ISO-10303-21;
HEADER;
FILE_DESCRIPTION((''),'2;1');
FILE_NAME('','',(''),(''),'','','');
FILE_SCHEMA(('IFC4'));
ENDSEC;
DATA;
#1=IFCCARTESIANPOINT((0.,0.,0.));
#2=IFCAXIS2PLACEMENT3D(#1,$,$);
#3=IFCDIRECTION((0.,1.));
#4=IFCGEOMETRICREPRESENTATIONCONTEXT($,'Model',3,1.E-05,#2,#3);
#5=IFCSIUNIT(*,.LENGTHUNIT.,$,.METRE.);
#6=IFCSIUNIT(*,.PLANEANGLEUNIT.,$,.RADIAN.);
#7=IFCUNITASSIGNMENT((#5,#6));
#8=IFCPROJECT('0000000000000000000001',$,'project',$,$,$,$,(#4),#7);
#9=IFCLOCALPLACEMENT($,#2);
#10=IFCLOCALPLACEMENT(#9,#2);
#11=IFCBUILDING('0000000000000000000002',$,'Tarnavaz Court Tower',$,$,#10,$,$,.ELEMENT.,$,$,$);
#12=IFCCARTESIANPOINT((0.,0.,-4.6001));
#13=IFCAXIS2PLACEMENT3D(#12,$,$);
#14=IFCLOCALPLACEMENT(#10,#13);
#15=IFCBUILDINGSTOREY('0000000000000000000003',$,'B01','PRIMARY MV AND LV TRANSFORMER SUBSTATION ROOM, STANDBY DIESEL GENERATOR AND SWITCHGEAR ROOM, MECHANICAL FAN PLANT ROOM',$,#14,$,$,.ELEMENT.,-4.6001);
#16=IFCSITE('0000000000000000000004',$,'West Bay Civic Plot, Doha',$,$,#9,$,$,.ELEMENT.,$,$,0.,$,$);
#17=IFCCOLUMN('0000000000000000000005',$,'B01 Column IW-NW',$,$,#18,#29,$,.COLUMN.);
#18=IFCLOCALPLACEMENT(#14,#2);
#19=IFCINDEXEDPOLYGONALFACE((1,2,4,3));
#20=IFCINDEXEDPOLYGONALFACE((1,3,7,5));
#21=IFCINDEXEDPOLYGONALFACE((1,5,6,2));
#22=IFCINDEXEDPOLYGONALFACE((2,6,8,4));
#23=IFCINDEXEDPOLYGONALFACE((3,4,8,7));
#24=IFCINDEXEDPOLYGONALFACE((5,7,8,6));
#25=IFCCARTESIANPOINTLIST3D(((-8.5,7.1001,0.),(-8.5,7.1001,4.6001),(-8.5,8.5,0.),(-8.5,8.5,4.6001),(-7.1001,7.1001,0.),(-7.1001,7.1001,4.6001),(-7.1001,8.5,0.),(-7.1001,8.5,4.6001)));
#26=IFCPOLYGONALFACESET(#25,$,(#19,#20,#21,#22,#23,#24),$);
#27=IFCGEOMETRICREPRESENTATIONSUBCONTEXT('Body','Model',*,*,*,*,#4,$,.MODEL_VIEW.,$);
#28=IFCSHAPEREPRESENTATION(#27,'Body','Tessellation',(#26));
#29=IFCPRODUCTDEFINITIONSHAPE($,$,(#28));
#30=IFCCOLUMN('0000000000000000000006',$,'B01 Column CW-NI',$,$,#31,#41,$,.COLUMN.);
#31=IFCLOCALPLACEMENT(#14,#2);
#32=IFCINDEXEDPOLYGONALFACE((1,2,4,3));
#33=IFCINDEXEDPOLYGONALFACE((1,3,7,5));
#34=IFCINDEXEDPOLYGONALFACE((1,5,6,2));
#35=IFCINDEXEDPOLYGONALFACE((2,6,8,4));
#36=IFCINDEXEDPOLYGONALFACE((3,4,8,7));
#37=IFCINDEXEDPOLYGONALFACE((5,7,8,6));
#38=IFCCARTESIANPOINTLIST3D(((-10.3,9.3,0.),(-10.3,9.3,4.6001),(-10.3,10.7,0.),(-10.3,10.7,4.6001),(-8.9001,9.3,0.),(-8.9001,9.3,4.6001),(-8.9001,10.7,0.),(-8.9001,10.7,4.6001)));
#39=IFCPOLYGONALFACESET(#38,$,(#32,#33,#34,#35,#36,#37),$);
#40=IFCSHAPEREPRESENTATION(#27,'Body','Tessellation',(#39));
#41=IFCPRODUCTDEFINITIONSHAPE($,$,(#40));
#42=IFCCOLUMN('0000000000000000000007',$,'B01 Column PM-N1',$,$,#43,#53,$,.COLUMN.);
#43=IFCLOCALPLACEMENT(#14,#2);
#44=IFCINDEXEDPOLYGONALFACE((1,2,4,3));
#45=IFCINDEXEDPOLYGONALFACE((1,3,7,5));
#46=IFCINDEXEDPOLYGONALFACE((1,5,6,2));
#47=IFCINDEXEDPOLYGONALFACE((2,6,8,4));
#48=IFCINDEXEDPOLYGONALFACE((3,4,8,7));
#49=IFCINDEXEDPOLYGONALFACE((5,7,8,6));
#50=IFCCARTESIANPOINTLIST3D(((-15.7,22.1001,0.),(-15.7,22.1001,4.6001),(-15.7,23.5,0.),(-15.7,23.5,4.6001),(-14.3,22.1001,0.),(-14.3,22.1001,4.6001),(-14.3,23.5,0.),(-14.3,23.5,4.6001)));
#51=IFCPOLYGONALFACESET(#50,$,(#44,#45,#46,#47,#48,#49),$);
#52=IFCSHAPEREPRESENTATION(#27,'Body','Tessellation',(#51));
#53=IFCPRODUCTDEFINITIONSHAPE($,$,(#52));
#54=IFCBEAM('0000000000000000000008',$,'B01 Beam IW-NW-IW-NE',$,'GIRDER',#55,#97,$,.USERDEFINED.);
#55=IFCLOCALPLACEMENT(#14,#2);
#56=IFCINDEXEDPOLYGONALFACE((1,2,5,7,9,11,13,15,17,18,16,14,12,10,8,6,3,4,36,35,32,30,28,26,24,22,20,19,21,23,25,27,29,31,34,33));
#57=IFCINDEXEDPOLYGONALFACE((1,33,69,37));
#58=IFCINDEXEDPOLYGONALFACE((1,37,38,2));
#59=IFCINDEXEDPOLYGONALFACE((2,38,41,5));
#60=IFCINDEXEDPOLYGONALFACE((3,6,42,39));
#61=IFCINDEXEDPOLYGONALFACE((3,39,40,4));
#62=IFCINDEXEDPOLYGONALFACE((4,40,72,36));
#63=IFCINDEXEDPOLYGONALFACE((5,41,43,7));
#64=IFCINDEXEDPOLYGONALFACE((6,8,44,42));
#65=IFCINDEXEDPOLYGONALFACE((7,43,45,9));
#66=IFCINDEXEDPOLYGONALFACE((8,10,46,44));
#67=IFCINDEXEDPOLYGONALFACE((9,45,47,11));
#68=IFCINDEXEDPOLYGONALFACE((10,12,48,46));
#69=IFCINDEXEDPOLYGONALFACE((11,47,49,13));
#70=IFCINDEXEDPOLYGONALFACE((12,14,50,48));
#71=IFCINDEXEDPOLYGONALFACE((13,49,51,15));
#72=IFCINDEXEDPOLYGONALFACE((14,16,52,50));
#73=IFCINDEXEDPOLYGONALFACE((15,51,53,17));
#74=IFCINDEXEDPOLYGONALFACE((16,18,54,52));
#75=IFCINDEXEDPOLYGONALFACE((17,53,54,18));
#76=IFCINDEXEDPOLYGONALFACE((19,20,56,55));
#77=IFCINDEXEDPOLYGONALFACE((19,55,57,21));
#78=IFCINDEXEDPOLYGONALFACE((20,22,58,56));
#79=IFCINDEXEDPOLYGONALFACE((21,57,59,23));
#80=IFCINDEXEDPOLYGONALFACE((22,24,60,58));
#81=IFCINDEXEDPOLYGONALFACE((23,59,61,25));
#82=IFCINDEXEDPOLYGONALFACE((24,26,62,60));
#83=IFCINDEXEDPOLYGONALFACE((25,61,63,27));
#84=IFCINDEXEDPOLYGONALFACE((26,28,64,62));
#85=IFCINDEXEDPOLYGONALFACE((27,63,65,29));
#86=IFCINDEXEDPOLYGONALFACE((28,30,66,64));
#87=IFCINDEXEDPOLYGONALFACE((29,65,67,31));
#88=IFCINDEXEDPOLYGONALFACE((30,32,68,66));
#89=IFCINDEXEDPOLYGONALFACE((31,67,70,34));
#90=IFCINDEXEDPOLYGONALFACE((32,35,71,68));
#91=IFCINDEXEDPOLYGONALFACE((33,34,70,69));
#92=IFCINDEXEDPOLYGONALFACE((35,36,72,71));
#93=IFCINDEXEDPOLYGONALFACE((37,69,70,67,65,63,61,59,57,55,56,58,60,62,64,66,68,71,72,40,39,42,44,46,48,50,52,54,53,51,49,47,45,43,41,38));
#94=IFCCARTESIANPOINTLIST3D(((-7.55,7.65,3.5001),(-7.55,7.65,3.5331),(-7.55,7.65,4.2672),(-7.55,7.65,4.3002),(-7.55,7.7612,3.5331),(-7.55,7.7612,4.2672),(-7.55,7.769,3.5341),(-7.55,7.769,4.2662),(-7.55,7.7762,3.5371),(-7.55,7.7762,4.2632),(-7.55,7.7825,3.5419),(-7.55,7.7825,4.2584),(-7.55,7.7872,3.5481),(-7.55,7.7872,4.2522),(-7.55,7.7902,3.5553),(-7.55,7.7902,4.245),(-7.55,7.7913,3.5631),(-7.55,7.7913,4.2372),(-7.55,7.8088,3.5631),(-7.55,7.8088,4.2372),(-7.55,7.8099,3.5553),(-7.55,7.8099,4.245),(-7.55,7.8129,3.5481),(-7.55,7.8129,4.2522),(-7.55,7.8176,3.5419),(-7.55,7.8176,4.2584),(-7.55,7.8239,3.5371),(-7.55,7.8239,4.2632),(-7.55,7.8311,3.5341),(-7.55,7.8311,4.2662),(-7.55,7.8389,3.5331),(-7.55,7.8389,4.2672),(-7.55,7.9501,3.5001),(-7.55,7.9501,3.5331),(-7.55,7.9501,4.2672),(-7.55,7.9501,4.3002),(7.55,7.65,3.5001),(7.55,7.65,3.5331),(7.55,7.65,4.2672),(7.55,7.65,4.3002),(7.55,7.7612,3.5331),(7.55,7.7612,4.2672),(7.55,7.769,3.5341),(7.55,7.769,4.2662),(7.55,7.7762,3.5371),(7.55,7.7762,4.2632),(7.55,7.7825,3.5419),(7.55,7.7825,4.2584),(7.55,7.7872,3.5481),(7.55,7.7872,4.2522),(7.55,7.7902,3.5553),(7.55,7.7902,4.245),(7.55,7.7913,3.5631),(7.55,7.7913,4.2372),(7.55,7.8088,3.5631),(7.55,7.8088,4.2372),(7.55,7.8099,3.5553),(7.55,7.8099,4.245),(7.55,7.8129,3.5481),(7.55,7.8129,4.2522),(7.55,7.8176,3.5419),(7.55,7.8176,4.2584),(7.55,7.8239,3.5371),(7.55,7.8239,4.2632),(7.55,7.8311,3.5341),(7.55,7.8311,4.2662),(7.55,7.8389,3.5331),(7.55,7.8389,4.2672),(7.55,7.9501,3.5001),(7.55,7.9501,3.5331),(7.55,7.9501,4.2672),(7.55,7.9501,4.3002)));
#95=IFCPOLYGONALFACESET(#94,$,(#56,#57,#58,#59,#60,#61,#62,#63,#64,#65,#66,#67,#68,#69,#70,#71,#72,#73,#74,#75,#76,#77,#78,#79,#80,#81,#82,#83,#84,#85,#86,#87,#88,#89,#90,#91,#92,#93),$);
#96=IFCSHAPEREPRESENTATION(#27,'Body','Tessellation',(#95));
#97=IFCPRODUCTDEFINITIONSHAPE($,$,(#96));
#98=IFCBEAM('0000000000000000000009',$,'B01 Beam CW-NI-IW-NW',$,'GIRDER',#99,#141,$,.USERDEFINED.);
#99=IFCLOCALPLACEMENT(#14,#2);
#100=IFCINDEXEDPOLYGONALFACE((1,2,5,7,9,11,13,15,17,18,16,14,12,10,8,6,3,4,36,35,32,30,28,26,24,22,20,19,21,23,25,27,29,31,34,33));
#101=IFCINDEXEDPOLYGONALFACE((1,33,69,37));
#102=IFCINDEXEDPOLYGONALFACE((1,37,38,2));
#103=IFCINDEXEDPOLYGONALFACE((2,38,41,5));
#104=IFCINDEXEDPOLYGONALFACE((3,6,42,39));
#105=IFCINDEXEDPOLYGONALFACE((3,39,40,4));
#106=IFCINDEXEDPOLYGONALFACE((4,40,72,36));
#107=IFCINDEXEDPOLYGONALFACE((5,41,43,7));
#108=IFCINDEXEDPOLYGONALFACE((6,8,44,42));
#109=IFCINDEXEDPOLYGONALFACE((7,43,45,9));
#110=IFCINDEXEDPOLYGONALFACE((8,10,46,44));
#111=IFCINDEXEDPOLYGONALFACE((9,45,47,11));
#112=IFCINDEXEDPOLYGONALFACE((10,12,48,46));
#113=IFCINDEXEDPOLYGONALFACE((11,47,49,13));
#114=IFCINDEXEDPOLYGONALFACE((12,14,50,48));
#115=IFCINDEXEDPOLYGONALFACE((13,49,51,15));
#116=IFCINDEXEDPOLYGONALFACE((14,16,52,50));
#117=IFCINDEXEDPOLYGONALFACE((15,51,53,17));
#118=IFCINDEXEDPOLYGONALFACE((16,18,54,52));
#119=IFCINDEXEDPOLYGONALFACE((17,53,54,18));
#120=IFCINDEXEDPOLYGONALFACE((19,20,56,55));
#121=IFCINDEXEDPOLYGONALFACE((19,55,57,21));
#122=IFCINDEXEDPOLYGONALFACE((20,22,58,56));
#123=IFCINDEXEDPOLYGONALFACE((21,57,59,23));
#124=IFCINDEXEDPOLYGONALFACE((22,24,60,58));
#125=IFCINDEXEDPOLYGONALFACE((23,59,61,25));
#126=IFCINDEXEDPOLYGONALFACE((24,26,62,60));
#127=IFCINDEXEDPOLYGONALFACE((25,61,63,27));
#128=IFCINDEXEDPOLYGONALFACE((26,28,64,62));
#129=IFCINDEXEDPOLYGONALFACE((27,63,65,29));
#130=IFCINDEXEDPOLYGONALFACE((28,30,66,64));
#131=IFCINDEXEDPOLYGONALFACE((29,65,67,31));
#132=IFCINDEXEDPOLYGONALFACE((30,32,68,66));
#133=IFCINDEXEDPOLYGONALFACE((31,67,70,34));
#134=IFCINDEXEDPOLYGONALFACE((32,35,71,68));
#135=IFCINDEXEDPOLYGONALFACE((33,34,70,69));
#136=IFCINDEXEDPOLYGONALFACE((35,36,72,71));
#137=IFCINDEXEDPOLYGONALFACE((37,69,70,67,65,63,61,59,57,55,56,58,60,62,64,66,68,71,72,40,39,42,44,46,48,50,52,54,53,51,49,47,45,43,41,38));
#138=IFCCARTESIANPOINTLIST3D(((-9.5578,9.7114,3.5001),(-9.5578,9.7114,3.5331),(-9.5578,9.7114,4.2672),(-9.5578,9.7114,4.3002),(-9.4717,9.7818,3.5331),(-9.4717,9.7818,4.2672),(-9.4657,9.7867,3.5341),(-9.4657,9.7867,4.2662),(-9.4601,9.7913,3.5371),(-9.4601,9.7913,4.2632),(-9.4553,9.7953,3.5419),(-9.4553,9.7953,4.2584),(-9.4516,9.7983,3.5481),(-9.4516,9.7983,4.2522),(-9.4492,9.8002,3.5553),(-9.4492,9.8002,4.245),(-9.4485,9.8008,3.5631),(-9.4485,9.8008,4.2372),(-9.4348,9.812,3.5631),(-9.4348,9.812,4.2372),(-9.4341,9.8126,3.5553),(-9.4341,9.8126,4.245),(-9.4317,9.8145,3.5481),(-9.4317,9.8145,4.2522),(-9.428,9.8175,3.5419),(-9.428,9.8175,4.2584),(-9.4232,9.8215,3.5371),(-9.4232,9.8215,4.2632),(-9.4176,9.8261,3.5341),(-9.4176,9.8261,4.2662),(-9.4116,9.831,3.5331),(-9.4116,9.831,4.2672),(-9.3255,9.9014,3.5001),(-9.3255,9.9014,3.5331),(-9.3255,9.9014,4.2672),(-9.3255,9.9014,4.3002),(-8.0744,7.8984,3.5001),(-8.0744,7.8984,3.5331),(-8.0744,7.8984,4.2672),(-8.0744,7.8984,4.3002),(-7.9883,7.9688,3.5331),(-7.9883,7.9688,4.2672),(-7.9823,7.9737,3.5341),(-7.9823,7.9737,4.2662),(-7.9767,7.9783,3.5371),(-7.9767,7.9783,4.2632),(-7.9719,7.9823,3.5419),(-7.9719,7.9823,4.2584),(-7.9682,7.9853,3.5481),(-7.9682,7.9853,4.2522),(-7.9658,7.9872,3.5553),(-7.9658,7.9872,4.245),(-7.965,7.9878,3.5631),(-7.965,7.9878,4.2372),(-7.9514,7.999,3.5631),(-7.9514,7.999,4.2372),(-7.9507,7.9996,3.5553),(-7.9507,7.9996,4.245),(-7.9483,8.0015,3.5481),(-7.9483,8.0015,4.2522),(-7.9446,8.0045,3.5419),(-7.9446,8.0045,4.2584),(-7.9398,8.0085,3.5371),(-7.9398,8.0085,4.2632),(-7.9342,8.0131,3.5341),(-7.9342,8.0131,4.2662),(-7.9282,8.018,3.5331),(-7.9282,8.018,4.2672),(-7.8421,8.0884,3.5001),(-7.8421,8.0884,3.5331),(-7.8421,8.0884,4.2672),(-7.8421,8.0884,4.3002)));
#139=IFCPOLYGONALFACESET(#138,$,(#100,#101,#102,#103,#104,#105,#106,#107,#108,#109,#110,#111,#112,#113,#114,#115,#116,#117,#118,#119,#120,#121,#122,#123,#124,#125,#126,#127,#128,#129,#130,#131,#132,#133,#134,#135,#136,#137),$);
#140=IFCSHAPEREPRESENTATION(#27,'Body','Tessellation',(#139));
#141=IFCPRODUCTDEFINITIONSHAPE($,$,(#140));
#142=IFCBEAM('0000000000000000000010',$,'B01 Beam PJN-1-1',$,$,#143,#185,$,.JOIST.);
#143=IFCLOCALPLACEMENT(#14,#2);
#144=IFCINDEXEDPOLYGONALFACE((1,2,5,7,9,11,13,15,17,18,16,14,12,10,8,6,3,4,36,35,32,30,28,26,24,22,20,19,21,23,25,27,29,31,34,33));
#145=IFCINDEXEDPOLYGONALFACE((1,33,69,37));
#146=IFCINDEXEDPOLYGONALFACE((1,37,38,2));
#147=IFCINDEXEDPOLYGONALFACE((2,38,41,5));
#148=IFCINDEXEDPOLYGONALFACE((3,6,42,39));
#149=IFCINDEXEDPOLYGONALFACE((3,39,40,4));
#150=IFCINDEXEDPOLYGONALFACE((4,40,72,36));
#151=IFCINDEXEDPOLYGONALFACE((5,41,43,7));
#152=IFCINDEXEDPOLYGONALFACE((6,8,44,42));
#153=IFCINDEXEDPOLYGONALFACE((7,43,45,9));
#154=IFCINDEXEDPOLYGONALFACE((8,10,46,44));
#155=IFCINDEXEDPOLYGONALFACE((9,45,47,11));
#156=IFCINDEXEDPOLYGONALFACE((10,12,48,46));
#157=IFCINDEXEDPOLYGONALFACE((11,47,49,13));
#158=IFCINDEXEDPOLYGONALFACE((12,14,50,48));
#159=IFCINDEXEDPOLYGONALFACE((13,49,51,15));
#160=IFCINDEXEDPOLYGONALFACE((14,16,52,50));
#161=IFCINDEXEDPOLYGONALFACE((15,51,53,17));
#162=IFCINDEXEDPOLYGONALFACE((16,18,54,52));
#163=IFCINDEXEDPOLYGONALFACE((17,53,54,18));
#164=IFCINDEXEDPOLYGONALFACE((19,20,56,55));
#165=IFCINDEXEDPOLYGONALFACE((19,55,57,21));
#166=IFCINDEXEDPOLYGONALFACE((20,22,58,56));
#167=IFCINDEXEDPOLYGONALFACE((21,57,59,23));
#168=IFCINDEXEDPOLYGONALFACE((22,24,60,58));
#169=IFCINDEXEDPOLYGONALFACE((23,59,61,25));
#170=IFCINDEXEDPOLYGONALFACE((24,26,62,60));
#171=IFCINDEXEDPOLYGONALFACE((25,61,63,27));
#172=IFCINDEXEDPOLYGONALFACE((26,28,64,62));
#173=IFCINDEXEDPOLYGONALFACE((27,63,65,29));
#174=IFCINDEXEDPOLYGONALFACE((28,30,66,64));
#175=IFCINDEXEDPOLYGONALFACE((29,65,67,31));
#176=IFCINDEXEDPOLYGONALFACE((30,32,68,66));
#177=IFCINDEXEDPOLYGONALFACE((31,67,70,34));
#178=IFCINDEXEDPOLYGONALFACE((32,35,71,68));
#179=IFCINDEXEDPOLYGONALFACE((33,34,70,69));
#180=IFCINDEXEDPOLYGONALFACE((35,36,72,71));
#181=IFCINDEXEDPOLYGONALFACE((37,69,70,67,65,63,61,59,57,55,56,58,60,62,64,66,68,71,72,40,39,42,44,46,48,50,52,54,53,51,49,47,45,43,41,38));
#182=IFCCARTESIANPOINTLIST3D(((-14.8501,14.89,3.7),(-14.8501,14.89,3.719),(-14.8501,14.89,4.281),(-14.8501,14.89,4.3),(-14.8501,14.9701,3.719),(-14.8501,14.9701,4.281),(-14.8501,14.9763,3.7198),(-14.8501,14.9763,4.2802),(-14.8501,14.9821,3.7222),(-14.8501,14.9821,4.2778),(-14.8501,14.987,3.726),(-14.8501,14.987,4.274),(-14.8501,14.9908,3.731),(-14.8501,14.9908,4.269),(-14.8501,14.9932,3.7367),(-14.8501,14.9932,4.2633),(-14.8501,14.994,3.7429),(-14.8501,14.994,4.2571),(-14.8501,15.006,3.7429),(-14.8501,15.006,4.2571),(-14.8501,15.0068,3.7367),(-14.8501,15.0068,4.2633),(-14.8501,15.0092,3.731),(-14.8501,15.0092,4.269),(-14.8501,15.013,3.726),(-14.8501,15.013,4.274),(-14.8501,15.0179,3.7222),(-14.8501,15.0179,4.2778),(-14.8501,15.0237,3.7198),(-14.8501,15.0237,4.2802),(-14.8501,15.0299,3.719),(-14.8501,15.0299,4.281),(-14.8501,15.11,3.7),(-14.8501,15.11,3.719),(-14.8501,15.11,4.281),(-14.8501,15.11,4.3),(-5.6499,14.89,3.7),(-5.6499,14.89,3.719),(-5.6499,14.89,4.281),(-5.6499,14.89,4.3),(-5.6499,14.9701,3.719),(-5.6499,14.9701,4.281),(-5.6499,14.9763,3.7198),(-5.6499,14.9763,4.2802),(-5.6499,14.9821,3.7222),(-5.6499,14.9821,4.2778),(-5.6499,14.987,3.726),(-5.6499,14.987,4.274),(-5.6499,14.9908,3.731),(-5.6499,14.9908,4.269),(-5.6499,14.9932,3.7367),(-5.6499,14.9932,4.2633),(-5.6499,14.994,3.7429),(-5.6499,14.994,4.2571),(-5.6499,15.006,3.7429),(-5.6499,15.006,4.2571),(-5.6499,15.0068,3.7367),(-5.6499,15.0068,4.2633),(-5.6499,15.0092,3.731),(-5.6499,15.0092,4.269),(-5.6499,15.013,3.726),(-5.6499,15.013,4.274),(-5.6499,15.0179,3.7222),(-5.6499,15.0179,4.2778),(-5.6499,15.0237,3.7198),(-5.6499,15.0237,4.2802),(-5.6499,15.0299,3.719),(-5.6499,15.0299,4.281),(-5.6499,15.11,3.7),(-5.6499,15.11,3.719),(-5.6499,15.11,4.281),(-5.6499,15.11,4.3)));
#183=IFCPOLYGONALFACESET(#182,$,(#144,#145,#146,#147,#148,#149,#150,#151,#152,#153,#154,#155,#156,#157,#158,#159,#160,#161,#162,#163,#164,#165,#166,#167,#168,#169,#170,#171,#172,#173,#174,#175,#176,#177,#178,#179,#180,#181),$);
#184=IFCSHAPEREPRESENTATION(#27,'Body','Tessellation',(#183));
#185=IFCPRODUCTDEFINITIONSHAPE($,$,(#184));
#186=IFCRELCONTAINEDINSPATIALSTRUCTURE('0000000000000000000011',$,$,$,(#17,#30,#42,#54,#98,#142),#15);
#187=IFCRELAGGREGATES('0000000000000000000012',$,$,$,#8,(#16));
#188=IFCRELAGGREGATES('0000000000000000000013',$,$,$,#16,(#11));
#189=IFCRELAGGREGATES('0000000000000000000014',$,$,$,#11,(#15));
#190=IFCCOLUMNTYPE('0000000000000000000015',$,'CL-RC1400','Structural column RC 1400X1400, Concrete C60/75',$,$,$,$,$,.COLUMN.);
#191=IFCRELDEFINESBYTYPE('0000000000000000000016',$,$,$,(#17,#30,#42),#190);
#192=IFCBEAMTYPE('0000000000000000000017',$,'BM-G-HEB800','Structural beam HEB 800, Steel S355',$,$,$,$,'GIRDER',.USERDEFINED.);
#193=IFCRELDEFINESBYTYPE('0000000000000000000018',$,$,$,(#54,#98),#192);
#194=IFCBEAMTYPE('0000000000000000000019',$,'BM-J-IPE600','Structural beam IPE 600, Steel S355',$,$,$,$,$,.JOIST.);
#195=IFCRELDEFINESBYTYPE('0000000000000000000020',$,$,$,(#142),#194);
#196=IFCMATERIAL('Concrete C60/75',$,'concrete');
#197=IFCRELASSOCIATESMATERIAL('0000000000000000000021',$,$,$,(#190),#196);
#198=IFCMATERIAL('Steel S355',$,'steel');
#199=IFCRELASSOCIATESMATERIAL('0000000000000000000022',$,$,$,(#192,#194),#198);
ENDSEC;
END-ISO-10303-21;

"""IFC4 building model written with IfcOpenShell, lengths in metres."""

from ifc_helpers import new_model, si_unit, direction, frame, origin, origin_2d, place, context, subcontext, project, spatial, rectangle, i_section, extrude, material, material_profile, profile_set, type_object, element, save


model = new_model("IFC4")

# Units and contexts
model_context = context("Model", 3, precision=1e-05, world=origin(), true_north=direction((0.0, 1.0)))
body_context = subcontext(model_context, "Body", "Model", "MODEL_VIEW")
ifc_project = project(units=[si_unit("LENGTHUNIT", "METRE"), si_unit("PLANEANGLEUNIT", "RADIAN")], contexts=[model_context])

# Site, building, storey
site_placement = place(None, origin())
site = spatial("IfcSite", under=ifc_project, at=site_placement, Name="West Bay Civic Plot, Doha", CompositionType="ELEMENT", RefElevation=0.0)
building_placement = place(site_placement, origin())
building = spatial("IfcBuilding", under=site, at=building_placement, Name="Tarnavaz Court Tower", CompositionType="ELEMENT")
storey_placement = place(building_placement, frame((0.0, 0.0, -4.6001)))
storey = spatial("IfcBuildingStorey", under=building, at=storey_placement, Name="B01", Description="PRIMARY MV AND LV TRANSFORMER SUBSTATION ROOM, STANDBY DIESEL GENERATOR AND SWITCHGEAR ROOM, MECHANICAL FAN PLANT ROOM", CompositionType="ELEMENT", Elevation=-4.6001)

# Columns
ifc_material_1 = material(Name="Concrete C60/75", Category="concrete")
ifc_material_profile_1 = material_profile(ifc_material_1, rectangle(XDim=1.3999, YDim=1.3999, at=origin_2d()), Name="RC 1400X1400")
ifc_profile_set_1 = profile_set([ifc_material_profile_1], Name="Concrete C60/75")
column_type = type_object("IfcColumnType", Name="CL-RC1400", Description="Structural column RC 1400X1400, Concrete C60/75", PredefinedType="COLUMN", material=ifc_profile_set_1)
for number, where, z_axis, x_axis, name in (
    (1, (-7.8, 7.8, 0.0), (0.0, 0.0, 1.0), (1.0, 0.0, 0.0), "B01 Column IW-NW"),
    (2, (-9.6001, 10.0, 0.0), (0.0, 0.0, 1.0), (1.0, 0.0, 0.0), "B01 Column CW-NI"),
    (3, (-15.0, 22.8, 0.0), (0.0, 0.0, 1.0), (1.0, 0.0, 0.0), "B01 Column PM-N1"),
):
    element("IfcColumn", number, at=place(storey_placement, frame(where, z_axis=z_axis, x_axis=x_axis)), inside=storey, type_object=column_type, Name=name, PredefinedType="COLUMN", context=body_context, shape_type="SweptSolid", body=[
        extrude(rectangle(XDim=1.3999, YDim=1.3999, at=origin_2d()), origin(), (0.0, 0.0, 1.0), 4.6001),
    ])

# Beams
ifc_material_2 = material(Name="Steel S355", Category="steel")
ifc_material_profile_2 = material_profile(ifc_material_2, i_section(OverallWidth=0.3, OverallDepth=0.8, WebThickness=0.0176, FlangeThickness=0.033, FilletRadius=0.03, at=origin_2d()), Name="HEB 800")
ifc_profile_set_2 = profile_set([ifc_material_profile_2], Name="Steel S355")
beam_type_1 = type_object("IfcBeamType", Name="BM-G-HEB800", Description="Structural beam HEB 800, Steel S355", ElementType="GIRDER", PredefinedType="USERDEFINED", material=ifc_profile_set_2)
beam_1_placement = place(storey_placement, frame((-7.55, 7.8, 3.9001), z_axis=(1.0, 0.0, 0.0), x_axis=(0.0, 1.0, 0.0)))
element("IfcBeam", 4, at=beam_1_placement, inside=storey, type_object=beam_type_1, Name="B01 Beam IW-NW-IW-NE", ObjectType="GIRDER", PredefinedType="USERDEFINED", context=body_context, shape_type="SweptSolid", body=[
    extrude(i_section(OverallWidth=0.3, OverallDepth=0.8, WebThickness=0.0176, FlangeThickness=0.033, FilletRadius=0.03, at=origin_2d()), origin(), (0.0, 0.0, 1.0), 15.1001),
])
beam_2_placement = place(storey_placement, frame((-9.4417, 9.8064, 3.9001), z_axis=(0.633249, -0.773948, 0.0), x_axis=(0.773948, 0.633249, 0.0)))
element("IfcBeam", 5, at=beam_2_placement, inside=storey, type_object=beam_type_1, Name="B01 Beam CW-NI-IW-NW", ObjectType="GIRDER", PredefinedType="USERDEFINED", context=body_context, shape_type="SweptSolid", body=[
    extrude(i_section(OverallWidth=0.3, OverallDepth=0.8, WebThickness=0.0176, FlangeThickness=0.033, FilletRadius=0.03, at=origin_2d()), origin(), (0.0, 0.0, 1.0), 2.3425),
])
ifc_material_profile_3 = material_profile(ifc_material_2, i_section(OverallWidth=0.22, OverallDepth=0.6001, WebThickness=0.012, FlangeThickness=0.019, FilletRadius=0.0239, at=origin_2d()), Name="IPE 600")
ifc_profile_set_3 = profile_set([ifc_material_profile_3], Name="Steel S355")
beam_type_2 = type_object("IfcBeamType", Name="BM-J-IPE600", Description="Structural beam IPE 600, Steel S355", PredefinedType="JOIST", material=ifc_profile_set_3)
beam_3_placement = place(storey_placement, frame((-14.8501, 15.0, 4.0), z_axis=(1.0, 0.0, 0.0), x_axis=(0.0, 1.0, 0.0)))
element("IfcBeam", 6, at=beam_3_placement, inside=storey, type_object=beam_type_2, Name="B01 Beam PJN-1-1", PredefinedType="JOIST", context=body_context, shape_type="SweptSolid", body=[
    extrude(i_section(OverallWidth=0.22, OverallDepth=0.6001, WebThickness=0.012, FlangeThickness=0.019, FilletRadius=0.0239, at=origin_2d()), origin(), (0.0, 0.0, 1.0), 9.2002),
])

save(model, "model.ifc")
